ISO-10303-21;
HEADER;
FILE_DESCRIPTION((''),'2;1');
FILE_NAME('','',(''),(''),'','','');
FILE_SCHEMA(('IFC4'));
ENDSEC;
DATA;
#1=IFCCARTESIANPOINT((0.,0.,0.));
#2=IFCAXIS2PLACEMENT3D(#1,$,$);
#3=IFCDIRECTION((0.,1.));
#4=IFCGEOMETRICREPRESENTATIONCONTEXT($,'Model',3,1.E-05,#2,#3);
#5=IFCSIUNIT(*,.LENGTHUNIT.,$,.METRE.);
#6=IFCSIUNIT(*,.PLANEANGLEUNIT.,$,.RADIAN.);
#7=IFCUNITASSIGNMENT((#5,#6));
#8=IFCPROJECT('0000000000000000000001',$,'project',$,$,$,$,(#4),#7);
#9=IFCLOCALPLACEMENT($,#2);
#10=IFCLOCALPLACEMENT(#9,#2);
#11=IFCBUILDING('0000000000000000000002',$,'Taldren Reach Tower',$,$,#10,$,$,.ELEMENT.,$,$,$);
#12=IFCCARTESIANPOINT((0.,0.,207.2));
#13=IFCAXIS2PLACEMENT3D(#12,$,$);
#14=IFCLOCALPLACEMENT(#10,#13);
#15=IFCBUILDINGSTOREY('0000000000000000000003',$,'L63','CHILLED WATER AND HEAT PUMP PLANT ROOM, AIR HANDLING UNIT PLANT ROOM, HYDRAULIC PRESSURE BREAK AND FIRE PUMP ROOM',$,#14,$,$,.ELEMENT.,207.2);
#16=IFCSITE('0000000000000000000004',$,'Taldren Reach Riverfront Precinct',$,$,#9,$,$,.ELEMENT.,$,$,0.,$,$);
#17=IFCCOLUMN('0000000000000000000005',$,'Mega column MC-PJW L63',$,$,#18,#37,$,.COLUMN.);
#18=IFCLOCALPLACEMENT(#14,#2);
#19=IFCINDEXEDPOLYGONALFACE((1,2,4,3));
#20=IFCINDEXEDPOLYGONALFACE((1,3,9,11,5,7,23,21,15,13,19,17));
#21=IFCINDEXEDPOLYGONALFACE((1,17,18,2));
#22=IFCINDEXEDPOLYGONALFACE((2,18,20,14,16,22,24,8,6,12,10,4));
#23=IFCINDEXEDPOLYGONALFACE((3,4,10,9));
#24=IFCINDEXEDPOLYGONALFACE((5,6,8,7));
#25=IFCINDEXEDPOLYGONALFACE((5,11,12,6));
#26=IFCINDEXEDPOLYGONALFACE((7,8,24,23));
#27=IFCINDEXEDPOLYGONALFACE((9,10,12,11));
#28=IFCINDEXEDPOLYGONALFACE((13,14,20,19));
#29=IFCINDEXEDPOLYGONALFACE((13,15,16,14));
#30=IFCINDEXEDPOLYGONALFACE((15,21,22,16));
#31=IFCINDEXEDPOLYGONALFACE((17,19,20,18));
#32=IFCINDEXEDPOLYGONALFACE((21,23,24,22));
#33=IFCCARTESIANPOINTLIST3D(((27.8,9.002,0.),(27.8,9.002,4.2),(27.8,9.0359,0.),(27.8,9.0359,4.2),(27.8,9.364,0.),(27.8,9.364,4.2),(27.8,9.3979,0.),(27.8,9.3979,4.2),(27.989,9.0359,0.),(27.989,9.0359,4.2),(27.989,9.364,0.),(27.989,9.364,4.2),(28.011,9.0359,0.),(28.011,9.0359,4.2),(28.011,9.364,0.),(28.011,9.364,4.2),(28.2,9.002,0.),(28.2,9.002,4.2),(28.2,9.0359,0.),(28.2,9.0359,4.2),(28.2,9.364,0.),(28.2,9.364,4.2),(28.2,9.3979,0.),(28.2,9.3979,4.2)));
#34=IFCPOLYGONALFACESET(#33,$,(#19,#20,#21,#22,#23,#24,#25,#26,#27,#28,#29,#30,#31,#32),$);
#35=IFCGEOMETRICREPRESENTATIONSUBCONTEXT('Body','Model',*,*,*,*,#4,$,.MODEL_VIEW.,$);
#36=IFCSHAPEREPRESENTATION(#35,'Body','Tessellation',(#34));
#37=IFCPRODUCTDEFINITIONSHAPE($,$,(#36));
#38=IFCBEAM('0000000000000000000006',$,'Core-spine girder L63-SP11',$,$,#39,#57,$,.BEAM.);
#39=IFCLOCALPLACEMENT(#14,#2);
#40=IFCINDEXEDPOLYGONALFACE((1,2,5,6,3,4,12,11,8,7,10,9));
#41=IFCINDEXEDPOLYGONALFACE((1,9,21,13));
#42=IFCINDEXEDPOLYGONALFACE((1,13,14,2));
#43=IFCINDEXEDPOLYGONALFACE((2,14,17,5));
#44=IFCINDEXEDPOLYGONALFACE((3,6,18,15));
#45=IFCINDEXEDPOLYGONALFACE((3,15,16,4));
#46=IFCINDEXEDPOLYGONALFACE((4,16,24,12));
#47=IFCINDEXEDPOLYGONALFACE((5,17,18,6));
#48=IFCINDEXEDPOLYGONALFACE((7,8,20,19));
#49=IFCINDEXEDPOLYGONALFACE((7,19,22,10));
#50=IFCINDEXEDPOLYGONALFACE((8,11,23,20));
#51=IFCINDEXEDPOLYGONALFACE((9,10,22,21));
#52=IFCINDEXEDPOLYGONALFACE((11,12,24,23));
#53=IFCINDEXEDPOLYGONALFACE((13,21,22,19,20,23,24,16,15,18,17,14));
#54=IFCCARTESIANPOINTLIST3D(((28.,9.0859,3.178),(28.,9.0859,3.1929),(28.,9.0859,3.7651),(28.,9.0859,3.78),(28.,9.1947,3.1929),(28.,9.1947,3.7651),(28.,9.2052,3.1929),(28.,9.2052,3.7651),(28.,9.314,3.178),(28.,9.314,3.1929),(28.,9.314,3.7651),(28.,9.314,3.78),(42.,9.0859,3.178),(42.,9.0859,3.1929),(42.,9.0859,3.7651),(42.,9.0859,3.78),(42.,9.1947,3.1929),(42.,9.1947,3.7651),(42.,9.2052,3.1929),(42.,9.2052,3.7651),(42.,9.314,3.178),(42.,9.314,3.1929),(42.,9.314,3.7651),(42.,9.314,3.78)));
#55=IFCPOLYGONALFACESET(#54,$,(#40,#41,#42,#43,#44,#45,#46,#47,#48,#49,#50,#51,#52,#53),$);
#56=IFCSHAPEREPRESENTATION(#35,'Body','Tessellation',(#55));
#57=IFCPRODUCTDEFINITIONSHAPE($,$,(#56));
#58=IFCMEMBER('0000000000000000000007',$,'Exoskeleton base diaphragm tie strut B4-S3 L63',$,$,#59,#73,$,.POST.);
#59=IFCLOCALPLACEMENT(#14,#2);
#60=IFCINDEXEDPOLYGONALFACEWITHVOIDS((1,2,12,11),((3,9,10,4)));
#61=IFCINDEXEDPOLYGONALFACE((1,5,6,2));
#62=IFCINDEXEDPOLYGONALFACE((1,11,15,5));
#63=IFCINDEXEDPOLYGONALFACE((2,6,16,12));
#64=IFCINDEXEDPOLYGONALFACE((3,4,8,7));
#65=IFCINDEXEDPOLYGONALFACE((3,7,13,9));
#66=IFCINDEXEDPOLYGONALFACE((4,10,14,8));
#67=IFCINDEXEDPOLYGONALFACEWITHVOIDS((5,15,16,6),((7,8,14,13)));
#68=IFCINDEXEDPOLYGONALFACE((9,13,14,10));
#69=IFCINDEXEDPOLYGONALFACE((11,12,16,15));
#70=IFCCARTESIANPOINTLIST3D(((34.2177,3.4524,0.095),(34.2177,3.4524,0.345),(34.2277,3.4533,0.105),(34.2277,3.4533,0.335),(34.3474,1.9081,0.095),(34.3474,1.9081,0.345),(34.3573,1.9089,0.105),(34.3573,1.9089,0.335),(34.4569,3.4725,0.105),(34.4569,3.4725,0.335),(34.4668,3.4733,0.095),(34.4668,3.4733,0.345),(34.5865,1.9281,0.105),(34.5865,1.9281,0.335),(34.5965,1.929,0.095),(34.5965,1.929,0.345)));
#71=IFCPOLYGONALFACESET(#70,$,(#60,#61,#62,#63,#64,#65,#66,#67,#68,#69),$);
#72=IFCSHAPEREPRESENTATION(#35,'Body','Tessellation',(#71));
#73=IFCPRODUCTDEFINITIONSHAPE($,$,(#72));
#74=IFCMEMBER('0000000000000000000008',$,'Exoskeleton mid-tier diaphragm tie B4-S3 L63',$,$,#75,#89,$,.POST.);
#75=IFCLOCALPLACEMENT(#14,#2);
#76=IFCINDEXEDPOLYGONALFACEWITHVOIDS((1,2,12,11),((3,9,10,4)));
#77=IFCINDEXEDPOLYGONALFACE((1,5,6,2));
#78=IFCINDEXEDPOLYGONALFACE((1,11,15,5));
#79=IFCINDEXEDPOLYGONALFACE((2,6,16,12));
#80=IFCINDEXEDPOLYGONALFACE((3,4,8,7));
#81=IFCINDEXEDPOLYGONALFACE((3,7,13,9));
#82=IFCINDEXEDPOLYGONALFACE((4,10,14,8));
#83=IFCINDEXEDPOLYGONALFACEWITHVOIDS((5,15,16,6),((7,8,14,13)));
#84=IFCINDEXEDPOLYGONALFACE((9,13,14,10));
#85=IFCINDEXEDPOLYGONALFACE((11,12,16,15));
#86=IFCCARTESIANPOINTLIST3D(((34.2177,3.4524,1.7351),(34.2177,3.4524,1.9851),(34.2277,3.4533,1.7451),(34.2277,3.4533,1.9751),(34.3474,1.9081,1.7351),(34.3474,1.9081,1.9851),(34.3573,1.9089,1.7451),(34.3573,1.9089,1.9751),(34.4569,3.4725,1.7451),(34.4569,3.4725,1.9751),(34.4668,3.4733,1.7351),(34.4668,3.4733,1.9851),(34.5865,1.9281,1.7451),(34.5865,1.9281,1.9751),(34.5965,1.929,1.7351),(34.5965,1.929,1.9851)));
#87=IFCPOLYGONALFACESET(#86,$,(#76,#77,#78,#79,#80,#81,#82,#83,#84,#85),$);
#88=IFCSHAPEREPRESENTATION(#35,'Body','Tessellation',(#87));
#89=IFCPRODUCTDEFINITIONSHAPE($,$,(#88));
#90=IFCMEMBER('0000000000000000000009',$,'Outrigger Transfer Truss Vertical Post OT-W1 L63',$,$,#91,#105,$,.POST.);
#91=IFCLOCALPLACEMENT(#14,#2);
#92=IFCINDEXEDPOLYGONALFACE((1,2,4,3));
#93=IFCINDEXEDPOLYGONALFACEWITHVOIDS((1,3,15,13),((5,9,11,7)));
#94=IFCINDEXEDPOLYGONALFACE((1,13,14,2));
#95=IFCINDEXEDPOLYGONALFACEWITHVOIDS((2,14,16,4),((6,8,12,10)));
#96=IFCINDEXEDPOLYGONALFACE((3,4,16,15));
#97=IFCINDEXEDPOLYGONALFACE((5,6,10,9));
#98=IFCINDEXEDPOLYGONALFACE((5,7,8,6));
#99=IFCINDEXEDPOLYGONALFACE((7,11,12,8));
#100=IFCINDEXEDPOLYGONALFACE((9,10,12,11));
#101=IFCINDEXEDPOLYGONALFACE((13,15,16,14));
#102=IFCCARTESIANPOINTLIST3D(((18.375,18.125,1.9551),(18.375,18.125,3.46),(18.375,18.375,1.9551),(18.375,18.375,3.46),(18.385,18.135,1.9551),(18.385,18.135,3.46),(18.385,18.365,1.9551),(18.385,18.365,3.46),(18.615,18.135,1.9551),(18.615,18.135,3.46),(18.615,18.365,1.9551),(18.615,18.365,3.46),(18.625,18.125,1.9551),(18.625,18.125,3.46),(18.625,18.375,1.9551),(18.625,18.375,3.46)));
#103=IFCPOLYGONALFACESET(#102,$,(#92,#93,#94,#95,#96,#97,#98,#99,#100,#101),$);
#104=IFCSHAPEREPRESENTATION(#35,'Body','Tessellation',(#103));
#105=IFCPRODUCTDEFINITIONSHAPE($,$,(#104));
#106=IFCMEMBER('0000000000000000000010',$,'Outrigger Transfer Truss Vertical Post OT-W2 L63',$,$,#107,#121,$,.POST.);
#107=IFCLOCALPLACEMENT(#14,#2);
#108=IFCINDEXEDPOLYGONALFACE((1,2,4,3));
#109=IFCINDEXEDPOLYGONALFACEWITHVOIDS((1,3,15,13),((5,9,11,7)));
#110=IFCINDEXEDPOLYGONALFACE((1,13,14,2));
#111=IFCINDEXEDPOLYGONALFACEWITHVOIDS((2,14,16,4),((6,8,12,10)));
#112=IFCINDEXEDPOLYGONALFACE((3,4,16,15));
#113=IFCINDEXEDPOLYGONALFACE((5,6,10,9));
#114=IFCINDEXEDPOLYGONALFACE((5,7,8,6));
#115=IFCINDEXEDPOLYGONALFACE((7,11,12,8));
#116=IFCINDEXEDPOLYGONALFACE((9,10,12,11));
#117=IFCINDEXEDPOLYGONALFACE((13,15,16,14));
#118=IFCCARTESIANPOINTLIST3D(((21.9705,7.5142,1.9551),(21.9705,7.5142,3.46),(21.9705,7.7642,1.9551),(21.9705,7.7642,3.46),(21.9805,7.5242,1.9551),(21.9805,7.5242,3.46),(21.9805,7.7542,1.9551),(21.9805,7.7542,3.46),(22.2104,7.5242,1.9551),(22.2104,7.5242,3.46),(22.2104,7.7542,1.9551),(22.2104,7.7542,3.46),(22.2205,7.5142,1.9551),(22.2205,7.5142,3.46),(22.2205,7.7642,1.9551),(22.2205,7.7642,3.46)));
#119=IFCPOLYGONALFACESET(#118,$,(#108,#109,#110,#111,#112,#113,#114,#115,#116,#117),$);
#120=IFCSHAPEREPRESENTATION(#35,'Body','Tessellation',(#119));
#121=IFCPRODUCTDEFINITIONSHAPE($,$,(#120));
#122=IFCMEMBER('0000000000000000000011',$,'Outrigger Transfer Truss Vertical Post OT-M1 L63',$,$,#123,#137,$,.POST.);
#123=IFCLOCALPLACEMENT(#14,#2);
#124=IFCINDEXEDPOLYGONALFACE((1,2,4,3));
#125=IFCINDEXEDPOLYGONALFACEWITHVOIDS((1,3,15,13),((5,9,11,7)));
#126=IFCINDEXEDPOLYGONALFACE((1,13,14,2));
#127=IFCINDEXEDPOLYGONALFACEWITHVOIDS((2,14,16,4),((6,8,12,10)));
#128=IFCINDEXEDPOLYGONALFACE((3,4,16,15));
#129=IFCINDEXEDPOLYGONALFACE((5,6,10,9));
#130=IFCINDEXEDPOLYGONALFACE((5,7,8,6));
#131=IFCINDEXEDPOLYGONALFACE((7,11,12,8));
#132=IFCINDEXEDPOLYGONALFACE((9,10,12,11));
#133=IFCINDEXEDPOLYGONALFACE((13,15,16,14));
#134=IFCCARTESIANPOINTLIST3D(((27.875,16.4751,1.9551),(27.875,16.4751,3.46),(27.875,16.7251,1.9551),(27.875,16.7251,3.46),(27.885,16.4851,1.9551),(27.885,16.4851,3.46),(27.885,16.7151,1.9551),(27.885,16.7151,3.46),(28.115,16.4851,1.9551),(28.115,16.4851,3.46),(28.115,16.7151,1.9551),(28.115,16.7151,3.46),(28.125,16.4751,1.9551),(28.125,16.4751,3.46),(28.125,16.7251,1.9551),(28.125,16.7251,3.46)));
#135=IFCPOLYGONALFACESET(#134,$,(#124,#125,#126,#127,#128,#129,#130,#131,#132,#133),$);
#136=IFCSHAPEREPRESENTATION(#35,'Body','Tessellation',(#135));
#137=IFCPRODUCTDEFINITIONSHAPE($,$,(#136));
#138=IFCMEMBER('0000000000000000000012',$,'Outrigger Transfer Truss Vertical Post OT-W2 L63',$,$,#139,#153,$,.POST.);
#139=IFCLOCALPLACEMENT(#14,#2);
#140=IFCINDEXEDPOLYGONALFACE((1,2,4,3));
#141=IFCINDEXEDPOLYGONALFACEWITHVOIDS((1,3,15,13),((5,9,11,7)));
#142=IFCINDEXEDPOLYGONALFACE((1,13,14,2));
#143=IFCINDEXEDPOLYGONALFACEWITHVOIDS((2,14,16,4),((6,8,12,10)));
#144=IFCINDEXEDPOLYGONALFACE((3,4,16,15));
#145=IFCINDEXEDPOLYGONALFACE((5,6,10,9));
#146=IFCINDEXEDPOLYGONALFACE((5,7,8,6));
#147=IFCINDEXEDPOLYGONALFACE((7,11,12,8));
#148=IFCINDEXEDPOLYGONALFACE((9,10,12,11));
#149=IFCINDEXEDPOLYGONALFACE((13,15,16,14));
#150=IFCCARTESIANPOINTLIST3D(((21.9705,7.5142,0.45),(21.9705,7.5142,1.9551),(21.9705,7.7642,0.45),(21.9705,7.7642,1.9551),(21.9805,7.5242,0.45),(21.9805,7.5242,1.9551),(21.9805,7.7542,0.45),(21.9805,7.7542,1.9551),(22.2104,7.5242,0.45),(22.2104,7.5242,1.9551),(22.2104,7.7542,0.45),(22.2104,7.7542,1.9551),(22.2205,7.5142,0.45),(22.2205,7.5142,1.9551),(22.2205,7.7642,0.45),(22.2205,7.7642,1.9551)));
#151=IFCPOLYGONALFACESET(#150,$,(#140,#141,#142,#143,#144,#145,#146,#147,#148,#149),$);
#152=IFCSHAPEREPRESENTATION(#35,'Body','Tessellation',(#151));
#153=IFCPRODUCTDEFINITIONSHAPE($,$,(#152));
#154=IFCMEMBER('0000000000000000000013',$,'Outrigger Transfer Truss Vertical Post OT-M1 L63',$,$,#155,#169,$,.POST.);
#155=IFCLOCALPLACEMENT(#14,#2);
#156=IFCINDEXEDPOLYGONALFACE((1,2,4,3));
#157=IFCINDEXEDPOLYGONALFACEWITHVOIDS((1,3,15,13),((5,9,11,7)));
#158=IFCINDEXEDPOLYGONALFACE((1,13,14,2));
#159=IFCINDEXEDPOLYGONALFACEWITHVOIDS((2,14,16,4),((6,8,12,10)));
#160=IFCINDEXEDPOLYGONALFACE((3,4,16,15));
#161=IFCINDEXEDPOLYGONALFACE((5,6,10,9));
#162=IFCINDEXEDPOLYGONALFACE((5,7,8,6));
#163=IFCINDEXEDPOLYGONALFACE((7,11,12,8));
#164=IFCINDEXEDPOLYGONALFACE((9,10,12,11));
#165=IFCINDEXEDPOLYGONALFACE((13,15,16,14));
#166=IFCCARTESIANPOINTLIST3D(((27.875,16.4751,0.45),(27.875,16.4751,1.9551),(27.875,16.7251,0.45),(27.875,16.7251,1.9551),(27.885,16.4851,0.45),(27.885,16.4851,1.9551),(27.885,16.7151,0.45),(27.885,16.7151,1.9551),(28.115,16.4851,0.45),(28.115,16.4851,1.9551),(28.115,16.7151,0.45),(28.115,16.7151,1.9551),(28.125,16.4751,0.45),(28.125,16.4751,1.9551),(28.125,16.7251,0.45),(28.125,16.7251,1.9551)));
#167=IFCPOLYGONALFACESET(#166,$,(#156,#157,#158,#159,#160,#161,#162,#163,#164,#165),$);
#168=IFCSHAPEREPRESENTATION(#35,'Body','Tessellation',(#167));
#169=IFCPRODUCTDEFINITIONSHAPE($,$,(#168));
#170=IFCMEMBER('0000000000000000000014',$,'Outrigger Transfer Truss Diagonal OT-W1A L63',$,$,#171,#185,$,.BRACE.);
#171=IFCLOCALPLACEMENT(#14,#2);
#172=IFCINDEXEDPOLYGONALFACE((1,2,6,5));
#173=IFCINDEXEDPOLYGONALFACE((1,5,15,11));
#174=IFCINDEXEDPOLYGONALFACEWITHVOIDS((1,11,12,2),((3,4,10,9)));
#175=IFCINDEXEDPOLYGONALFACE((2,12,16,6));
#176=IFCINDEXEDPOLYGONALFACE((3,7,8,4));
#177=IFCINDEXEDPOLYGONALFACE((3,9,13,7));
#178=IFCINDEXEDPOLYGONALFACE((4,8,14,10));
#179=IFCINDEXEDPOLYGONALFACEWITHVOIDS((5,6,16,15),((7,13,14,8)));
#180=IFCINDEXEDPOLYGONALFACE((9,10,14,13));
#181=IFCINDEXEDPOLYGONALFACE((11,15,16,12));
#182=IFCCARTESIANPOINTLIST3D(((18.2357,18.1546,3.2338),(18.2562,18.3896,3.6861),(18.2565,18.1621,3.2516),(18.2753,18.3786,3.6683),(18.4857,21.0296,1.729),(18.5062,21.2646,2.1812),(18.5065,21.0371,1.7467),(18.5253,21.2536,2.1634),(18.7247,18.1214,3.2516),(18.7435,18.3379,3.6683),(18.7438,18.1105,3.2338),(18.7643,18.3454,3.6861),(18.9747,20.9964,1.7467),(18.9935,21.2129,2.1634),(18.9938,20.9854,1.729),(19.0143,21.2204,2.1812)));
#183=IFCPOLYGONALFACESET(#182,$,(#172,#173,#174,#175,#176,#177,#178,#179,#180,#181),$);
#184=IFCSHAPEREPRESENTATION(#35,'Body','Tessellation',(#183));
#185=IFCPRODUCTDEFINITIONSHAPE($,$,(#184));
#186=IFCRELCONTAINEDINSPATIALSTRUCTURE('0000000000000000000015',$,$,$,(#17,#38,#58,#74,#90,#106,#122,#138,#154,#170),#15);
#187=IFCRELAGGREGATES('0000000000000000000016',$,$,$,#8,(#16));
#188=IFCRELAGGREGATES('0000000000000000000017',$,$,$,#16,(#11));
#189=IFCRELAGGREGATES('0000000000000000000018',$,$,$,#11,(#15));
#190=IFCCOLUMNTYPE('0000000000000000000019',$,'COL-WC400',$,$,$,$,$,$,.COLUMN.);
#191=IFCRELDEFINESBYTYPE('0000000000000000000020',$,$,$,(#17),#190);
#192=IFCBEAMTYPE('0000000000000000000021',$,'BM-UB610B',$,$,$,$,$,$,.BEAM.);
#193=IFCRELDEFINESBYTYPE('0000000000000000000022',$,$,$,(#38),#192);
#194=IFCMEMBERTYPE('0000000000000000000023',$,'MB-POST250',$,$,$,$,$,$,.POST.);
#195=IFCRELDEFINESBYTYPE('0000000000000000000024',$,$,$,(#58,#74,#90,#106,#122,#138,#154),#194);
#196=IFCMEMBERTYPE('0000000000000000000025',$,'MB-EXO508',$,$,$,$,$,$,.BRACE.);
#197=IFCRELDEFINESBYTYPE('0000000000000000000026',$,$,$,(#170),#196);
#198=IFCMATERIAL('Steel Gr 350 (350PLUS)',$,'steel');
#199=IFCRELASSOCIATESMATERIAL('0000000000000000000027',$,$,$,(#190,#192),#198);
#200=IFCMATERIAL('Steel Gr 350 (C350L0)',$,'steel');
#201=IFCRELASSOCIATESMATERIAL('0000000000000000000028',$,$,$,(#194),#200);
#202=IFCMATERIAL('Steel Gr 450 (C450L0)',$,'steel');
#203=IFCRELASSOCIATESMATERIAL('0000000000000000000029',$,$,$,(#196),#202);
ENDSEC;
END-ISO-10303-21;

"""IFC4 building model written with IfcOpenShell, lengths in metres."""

from ifc_helpers import new_model, si_unit, direction, frame, origin, origin_2d, place, context, subcontext, project, spatial, hollow_rectangle, i_section, extrude, source, transform, mapped, material, material_profile, profile_set, type_object, element, save


model = new_model("IFC4")

# Units and contexts
model_context = context("Model", 3, precision=1e-05, world=origin(), true_north=direction((0.0, 1.0)))
body_context = subcontext(model_context, "Body", "Model", "MODEL_VIEW")
ifc_project = project(units=[si_unit("LENGTHUNIT", "METRE"), si_unit("PLANEANGLEUNIT", "RADIAN")], contexts=[model_context])

# Site, building, storey
site_placement = place(None, origin())
site = spatial("IfcSite", under=ifc_project, at=site_placement, Name="Taldren Reach Riverfront Precinct", CompositionType="ELEMENT", RefElevation=0.0)
building_placement = place(site_placement, origin())
building = spatial("IfcBuilding", under=site, at=building_placement, Name="Taldren Reach Tower", CompositionType="ELEMENT")
storey_placement = place(building_placement, frame((0.0, 0.0, 207.2)))
storey = spatial("IfcBuildingStorey", under=building, at=storey_placement, Name="L63", Description="CHILLED WATER AND HEAT PUMP PLANT ROOM, AIR HANDLING UNIT PLANT ROOM, HYDRAULIC PRESSURE BREAK AND FIRE PUMP ROOM", CompositionType="ELEMENT", Elevation=207.2)

# Column
ifc_material_1 = material(Name="Steel Gr 350 (350PLUS)", Category="steel")
ifc_material_profile_1 = material_profile(ifc_material_1, i_section(OverallWidth=0.3999, OverallDepth=0.396, WebThickness=0.022, FlangeThickness=0.0339, at=origin_2d()), Name="400WC270")
ifc_profile_set_1 = profile_set([ifc_material_profile_1], Name="Steel Gr 350 (350PLUS)")
column_type = type_object("IfcColumnType", Name="COL-WC400", PredefinedType="COLUMN", material=ifc_profile_set_1)
shared_shape_1 = source(origin(), body_context, "Body", "SweptSolid", [
    extrude(i_section(OverallWidth=0.3999, OverallDepth=0.396, WebThickness=0.022, FlangeThickness=0.0339, at=origin_2d()), origin(), (0.0, 0.0, 1.0), 4.2),
])
column_placement = place(storey_placement, frame((28.0, 9.2, 0.0), z_axis=(0.0, 0.0, 1.0), x_axis=(1.0, 0.0, 0.0)))
element("IfcColumn", 1, at=column_placement, inside=storey, type_object=column_type, Name="Mega column MC-PJW L63", PredefinedType="COLUMN", context=body_context, shape_type="MappedRepresentation", body=[
    mapped(shared_shape_1, transform((0.0, 0.0, 0.0), scale=1.0)),
])

# Beam
ifc_material_profile_2 = material_profile(ifc_material_1, i_section(OverallWidth=0.228, OverallDepth=0.6021, WebThickness=0.0105, FlangeThickness=0.0149, at=origin_2d()), Name="610UB101")
ifc_profile_set_2 = profile_set([ifc_material_profile_2], Name="Steel Gr 350 (350PLUS)")
beam_type_1 = type_object("IfcBeamType", Name="BM-UB610B", PredefinedType="BEAM", material=ifc_profile_set_2)
shared_shape_2 = source(origin(), body_context, "Body", "SweptSolid", [
    extrude(i_section(OverallWidth=0.228, OverallDepth=0.6021, WebThickness=0.0105, FlangeThickness=0.0149, at=origin_2d()), origin(), (0.0, 0.0, 1.0), 14.0),
])
beam_1_placement = place(storey_placement, frame((28.0, 9.2, 3.479), z_axis=(1.0, 0.0, 0.0), x_axis=(0.0, 1.0, 0.0)))
element("IfcBeam", 2, at=beam_1_placement, inside=storey, type_object=beam_type_1, Name="Core-spine girder L63-SP11", PredefinedType="BEAM", context=body_context, shape_type="MappedRepresentation", body=[
    mapped(shared_shape_2, transform((0.0, 0.0, 0.0), scale=1.0)),
])

# Members
ifc_material_2 = material(Name="Steel Gr 350 (C350L0)", Category="steel")
ifc_material_profile_3 = material_profile(ifc_material_2, hollow_rectangle(XDim=0.25, YDim=0.25, WallThickness=0.01, at=origin_2d()), Name="250x250x10.0SHS")
ifc_profile_set_3 = profile_set([ifc_material_profile_3], Name="Steel Gr 350 (C350L0)")
member_type_1 = type_object("IfcMemberType", Name="MB-POST250", PredefinedType="POST", material=ifc_profile_set_3)
shared_shape_3 = source(origin(), body_context, "Body", "SweptSolid", [
    extrude(hollow_rectangle(XDim=0.25, YDim=0.25, WallThickness=0.01, at=origin_2d()), origin(), (0.0, 0.0, 1.0), 1.5498),
])
for number, where, z_axis, x_axis, name in (
    (3, (34.3423, 3.4629, 0.22), (0.083645, -0.996496, 0.0), (0.996496, 0.083645, 0.0), "Exoskeleton base diaphragm tie strut B4-S3 L63"),
    (4, (34.3423, 3.4629, 1.8601), (0.083645, -0.996496, 0.0), (0.996496, 0.083645, 0.0), "Exoskeleton mid-tier diaphragm tie B4-S3 L63"),
):
    element("IfcMember", number, at=place(storey_placement, frame(where, z_axis=z_axis, x_axis=x_axis)), inside=storey, type_object=member_type_1, Name=name, PredefinedType="POST", context=body_context, shape_type="MappedRepresentation", body=[
        mapped(shared_shape_3, transform((0.0, 0.0, 0.0), scale=1.0)),
    ])
shared_shape_4 = source(origin(), body_context, "Body", "SweptSolid", [
    extrude(hollow_rectangle(XDim=0.25, YDim=0.25, WallThickness=0.01, at=origin_2d()), origin(), (0.0, 0.0, 1.0), 1.5049),
])
for number, where, z_axis, x_axis, name in (
    (5, (18.5, 18.25, 1.9551), (0.0, 0.0, 1.0), (1.0, 0.0, 0.0), "Outrigger Transfer Truss Vertical Post OT-W1 L63"),
    (6, (22.0955, 7.6392, 1.9551), (0.0, 0.0, 1.0), (1.0, 0.0, 0.0), "Outrigger Transfer Truss Vertical Post OT-W2 L63"),
    (7, (28.0, 16.6001, 1.9551), (0.0, 0.0, 1.0), (1.0, 0.0, 0.0), "Outrigger Transfer Truss Vertical Post OT-M1 L63"),
):
    element("IfcMember", number, at=place(storey_placement, frame(where, z_axis=z_axis, x_axis=x_axis)), inside=storey, type_object=member_type_1, Name=name, PredefinedType="POST", context=body_context, shape_type="MappedRepresentation", body=[
        mapped(shared_shape_4, transform((0.0, 0.0, 0.0), scale=1.0)),
    ])
shared_shape_5 = source(origin(), body_context, "Body", "SweptSolid", [
    extrude(hollow_rectangle(XDim=0.25, YDim=0.25, WallThickness=0.01, at=origin_2d()), origin(), (0.0, 0.0, 1.0), 1.5051),
])
for number, where, z_axis, x_axis, name in (
    (8, (22.0955, 7.6392, 0.45), (0.0, 0.0, 1.0), (1.0, 0.0, 0.0), "Outrigger Transfer Truss Vertical Post OT-W2 L63"),
    (9, (28.0, 16.6001, 0.45), (0.0, 0.0, 1.0), (1.0, 0.0, 0.0), "Outrigger Transfer Truss Vertical Post OT-M1 L63"),
):
    element("IfcMember", number, at=place(storey_placement, frame(where, z_axis=z_axis, x_axis=x_axis)), inside=storey, type_object=member_type_1, Name=name, PredefinedType="POST", context=body_context, shape_type="MappedRepresentation", body=[
        mapped(shared_shape_5, transform((0.0, 0.0, 0.0), scale=1.0)),
    ])
ifc_material_3 = material(Name="Steel Gr 450 (C450L0)", Category="steel")
ifc_material_profile_4 = material_profile(ifc_material_3, hollow_rectangle(XDim=0.51, YDim=0.51, WallThickness=0.02, at=origin_2d()), Name="510x510x20.0SHS")
ifc_profile_set_4 = profile_set([ifc_material_profile_4], Name="Steel Gr 450 (C450L0)")
member_type_2 = type_object("IfcMemberType", Name="MB-EXO508", PredefinedType="BRACE", material=ifc_profile_set_4)
shared_shape_6 = source(origin(), body_context, "Body", "SweptSolid", [
    extrude(hollow_rectangle(XDim=0.51, YDim=0.51, WallThickness=0.02, at=origin_2d()), origin(), (0.0, 0.0, 1.0), 3.2546),
])
member_1_placement = place(storey_placement, frame((18.75, 21.125, 1.9551), z_axis=(-0.076813, -0.883349, 0.462378), x_axis=(0.996241, -0.08663, 0.0)))
element("IfcMember", 10, at=member_1_placement, inside=storey, type_object=member_type_2, Name="Outrigger Transfer Truss Diagonal OT-W1A L63", PredefinedType="BRACE", context=body_context, shape_type="MappedRepresentation", body=[
    mapped(shared_shape_6, transform((0.0, 0.0, 0.0), scale=1.0)),
])

save(model, "model.ifc")
